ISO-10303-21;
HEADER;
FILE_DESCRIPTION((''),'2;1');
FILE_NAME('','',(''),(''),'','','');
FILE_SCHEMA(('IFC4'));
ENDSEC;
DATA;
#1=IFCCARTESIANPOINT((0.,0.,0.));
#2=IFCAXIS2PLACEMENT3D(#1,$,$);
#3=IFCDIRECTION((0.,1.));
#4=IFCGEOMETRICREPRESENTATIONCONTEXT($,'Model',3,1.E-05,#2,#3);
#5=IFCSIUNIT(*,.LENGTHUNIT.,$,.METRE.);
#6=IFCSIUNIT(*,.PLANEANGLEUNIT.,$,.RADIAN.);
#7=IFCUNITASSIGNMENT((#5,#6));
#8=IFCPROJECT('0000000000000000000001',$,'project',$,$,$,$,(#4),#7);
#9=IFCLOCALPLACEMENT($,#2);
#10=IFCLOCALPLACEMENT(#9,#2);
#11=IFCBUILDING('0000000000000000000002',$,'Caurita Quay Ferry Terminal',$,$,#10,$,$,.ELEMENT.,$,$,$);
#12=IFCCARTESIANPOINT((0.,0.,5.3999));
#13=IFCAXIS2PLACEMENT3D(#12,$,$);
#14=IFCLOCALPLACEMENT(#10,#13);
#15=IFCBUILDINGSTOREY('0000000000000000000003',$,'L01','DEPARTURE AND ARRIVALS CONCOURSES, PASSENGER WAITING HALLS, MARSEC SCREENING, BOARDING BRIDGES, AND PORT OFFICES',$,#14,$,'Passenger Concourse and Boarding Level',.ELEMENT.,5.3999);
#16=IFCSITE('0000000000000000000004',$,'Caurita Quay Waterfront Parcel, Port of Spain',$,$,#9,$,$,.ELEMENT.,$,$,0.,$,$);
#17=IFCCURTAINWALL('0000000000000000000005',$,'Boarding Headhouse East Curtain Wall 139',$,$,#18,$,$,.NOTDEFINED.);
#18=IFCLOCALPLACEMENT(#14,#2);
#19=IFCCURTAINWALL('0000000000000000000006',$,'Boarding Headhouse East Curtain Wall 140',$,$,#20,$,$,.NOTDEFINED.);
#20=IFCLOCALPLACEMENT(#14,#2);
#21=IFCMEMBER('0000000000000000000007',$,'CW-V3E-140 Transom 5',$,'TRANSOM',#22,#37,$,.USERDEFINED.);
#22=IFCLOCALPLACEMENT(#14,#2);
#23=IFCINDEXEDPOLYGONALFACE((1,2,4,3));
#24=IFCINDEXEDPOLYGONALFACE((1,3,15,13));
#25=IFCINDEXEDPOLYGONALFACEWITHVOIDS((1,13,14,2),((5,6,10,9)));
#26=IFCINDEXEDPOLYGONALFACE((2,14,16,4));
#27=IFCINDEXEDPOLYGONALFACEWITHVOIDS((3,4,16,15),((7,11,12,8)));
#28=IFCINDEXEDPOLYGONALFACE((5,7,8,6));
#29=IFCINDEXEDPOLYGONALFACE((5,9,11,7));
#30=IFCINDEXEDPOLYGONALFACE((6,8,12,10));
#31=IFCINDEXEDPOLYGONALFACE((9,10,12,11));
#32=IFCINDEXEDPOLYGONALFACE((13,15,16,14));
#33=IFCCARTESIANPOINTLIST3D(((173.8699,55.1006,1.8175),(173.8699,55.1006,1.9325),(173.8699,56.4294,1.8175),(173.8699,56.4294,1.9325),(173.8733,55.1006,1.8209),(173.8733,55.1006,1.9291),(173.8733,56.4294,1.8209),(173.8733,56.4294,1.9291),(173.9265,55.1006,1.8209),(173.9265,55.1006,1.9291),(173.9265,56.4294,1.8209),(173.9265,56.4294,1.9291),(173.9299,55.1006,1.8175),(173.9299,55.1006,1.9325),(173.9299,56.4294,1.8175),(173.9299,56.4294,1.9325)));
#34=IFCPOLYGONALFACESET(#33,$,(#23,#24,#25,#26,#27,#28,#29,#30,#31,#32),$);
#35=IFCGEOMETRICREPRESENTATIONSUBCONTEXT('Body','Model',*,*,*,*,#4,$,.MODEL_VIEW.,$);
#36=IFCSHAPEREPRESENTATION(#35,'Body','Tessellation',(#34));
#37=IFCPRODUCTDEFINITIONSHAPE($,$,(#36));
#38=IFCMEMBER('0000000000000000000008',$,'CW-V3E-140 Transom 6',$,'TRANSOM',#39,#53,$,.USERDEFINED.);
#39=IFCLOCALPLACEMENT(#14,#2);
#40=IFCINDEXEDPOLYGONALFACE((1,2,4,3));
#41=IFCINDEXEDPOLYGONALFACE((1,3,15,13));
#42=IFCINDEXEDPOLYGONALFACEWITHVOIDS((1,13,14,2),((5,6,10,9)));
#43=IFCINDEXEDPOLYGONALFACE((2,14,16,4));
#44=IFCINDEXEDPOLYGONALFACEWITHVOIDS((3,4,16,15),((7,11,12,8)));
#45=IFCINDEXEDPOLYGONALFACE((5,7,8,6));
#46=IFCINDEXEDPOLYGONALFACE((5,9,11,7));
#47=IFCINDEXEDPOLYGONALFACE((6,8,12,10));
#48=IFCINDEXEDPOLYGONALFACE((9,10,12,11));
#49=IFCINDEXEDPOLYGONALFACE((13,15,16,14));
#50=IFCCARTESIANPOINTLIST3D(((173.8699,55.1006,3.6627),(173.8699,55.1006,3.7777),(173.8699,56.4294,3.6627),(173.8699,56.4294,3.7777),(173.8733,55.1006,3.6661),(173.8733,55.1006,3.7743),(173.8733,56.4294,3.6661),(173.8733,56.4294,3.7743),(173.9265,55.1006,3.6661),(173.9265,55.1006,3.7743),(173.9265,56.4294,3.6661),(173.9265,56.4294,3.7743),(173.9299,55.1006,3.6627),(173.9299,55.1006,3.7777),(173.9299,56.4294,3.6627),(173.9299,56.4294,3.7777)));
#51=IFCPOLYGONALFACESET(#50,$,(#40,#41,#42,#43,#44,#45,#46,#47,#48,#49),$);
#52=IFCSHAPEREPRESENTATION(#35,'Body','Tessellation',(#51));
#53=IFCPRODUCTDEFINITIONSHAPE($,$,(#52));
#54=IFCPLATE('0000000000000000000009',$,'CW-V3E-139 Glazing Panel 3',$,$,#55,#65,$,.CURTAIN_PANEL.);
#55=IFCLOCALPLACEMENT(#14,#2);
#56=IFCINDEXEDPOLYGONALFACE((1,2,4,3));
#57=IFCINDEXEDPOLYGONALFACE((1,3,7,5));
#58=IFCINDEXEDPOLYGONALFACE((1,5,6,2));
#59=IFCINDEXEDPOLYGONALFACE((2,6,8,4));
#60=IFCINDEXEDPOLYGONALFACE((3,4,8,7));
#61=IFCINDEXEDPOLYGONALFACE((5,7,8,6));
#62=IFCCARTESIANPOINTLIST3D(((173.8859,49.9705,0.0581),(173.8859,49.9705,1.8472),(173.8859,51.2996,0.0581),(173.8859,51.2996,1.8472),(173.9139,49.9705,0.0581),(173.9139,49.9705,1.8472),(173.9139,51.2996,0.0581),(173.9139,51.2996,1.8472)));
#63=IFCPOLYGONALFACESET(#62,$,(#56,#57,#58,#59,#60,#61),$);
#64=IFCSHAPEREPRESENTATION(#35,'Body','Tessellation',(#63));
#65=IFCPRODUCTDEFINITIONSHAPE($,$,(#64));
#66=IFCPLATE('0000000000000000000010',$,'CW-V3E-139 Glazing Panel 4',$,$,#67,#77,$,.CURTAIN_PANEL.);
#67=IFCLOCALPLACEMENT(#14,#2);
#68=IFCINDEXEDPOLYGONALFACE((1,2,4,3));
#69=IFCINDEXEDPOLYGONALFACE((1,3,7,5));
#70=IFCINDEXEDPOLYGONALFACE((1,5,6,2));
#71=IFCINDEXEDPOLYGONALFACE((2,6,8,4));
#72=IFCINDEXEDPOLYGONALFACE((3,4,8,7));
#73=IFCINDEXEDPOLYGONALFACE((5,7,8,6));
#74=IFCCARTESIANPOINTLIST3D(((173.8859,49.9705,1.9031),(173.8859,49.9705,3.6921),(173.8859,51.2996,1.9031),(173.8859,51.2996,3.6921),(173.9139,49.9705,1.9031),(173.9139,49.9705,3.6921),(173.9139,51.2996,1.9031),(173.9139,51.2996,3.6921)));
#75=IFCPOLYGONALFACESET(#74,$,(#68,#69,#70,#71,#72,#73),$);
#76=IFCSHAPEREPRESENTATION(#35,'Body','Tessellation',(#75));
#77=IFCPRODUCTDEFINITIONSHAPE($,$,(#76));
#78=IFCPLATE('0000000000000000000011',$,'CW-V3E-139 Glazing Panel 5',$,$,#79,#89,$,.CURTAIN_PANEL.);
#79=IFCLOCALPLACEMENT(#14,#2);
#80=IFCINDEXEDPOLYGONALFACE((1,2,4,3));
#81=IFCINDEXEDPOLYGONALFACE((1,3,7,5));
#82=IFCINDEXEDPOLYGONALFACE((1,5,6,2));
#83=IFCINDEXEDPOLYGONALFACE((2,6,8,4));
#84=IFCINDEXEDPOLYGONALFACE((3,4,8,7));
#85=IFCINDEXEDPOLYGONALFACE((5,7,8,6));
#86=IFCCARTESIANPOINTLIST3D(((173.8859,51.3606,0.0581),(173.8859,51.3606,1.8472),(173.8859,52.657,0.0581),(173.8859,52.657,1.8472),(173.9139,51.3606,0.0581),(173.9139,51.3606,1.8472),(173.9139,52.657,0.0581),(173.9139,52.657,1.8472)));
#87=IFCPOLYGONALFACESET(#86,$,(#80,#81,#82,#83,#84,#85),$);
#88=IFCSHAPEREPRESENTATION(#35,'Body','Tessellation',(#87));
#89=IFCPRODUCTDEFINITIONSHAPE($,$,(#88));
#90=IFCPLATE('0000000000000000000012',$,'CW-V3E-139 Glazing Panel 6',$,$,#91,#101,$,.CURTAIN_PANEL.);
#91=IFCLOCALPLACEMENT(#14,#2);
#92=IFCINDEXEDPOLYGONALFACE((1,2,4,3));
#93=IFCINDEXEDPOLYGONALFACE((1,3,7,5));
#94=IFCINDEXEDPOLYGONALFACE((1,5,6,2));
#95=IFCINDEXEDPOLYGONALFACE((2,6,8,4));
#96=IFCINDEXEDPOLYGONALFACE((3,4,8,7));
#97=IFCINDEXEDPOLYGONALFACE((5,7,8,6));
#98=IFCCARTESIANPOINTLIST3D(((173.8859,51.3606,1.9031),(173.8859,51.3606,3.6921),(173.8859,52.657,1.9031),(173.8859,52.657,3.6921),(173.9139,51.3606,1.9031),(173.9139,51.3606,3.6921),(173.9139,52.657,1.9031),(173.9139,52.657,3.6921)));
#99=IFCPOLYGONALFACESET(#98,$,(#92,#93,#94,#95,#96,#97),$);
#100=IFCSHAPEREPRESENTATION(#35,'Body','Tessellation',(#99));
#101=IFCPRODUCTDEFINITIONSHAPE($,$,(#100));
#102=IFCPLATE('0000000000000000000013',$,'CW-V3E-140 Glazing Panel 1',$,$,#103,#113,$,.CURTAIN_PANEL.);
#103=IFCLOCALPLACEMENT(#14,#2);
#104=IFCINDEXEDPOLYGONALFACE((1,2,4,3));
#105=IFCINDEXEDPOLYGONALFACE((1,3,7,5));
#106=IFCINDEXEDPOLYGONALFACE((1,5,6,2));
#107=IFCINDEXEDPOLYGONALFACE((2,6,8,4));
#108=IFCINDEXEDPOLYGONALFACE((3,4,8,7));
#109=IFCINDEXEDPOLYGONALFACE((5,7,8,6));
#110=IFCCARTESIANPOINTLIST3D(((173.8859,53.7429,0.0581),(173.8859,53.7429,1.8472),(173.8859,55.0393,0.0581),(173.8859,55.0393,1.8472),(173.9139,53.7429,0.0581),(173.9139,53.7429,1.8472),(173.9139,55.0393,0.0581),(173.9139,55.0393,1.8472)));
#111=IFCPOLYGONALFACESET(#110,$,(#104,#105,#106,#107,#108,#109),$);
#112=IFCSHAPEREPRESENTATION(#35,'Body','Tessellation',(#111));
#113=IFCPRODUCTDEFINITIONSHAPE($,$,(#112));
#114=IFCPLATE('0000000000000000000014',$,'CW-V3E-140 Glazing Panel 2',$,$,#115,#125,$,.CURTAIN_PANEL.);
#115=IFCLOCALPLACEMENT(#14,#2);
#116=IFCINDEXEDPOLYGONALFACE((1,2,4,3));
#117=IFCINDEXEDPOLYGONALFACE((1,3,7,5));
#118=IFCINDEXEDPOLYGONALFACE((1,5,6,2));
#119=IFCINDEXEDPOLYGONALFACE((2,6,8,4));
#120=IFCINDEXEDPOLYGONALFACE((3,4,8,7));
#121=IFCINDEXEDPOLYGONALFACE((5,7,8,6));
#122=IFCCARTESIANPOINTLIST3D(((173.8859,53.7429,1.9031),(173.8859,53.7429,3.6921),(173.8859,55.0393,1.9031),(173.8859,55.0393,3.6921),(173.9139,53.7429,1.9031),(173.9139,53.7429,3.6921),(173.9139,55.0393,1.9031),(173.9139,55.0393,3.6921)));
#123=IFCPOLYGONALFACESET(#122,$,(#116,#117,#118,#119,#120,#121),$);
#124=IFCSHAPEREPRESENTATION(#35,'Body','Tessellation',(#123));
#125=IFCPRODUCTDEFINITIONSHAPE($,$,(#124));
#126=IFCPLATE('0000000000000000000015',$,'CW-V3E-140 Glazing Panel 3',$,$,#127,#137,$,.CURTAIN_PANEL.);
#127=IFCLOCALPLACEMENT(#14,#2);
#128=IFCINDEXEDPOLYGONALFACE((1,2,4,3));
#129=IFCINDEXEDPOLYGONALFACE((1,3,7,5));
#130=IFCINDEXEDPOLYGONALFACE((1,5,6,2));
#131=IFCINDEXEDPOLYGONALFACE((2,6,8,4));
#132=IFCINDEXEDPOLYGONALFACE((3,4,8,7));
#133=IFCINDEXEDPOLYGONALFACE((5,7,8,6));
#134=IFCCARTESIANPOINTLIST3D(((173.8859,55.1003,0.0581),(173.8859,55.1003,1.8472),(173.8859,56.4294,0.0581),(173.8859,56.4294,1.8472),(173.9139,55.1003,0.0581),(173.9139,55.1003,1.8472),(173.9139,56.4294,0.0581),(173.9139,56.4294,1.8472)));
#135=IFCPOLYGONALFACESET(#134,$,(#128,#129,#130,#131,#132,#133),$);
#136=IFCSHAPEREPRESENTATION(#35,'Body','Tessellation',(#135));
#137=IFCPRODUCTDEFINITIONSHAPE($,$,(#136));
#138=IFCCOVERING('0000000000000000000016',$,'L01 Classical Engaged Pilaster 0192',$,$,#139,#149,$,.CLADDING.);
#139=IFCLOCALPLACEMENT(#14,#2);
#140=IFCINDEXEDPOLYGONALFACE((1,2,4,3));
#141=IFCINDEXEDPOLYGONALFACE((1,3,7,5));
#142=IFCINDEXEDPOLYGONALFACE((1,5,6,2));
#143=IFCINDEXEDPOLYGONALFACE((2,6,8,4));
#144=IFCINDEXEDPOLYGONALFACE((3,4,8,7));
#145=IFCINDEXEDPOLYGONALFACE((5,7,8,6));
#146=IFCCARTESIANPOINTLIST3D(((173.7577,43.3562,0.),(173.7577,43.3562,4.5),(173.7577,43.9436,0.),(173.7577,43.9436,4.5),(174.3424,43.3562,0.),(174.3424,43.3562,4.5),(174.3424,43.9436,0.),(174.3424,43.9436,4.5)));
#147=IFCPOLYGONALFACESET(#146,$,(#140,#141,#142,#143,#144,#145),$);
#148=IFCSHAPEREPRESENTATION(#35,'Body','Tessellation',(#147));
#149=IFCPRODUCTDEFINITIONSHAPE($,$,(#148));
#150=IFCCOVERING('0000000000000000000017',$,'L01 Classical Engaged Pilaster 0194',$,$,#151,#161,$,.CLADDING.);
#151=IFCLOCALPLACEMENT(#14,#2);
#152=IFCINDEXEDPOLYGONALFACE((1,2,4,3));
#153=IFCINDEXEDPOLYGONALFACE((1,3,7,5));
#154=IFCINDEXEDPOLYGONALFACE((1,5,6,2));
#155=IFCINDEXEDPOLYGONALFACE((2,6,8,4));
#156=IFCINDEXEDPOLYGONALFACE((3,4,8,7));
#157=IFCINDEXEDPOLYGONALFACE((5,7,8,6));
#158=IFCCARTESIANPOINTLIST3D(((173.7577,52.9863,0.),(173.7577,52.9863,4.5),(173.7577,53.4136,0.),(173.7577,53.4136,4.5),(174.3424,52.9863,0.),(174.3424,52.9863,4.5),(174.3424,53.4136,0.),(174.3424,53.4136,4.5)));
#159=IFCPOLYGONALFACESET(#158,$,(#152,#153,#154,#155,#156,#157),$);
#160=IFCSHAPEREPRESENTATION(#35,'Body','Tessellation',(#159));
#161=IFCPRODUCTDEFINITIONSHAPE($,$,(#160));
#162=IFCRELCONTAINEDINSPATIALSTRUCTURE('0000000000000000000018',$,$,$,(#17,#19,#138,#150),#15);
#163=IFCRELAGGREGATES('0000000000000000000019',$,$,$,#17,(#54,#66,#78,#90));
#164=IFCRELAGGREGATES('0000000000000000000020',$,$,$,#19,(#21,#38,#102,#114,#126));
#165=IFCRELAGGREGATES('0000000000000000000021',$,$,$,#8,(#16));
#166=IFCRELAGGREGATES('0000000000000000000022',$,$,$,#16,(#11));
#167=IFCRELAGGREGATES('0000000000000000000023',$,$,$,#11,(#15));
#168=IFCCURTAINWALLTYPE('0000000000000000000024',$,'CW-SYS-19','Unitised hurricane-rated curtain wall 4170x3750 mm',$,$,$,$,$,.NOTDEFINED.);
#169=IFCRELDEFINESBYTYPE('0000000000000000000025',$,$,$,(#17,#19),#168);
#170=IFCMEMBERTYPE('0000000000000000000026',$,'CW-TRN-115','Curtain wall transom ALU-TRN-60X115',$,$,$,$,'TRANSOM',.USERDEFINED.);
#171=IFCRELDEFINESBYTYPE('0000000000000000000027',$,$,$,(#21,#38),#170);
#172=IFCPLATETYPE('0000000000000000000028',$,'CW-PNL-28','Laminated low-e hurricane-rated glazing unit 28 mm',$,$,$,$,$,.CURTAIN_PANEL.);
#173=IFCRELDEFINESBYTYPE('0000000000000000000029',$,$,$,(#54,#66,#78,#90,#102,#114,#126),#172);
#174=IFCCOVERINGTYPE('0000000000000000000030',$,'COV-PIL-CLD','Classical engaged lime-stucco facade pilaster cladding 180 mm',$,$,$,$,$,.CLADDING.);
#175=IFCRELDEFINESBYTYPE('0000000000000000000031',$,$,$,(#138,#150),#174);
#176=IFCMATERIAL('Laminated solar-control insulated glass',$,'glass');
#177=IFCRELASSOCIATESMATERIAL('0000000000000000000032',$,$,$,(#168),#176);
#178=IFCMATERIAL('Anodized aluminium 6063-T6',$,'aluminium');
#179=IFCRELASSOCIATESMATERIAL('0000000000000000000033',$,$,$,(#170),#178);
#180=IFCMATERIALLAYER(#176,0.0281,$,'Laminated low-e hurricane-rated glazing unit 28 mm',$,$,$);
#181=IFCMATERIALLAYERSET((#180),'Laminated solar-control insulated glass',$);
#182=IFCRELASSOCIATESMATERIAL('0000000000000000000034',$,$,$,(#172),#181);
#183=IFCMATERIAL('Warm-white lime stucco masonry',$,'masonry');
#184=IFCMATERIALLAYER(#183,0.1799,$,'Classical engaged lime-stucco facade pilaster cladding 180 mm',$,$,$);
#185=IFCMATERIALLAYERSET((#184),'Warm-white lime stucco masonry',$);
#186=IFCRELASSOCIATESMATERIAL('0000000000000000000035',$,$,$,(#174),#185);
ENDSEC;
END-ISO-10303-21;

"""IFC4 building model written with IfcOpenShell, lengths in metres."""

from ifc_helpers import new_model, si_unit, direction, frame, origin, origin_2d, place, context, subcontext, project, spatial, rectangle, hollow_rectangle, extrude, material, layer, layer_set, material_profile, profile_set, type_object, element, aggregate, save


model = new_model("IFC4")

# Units and contexts
model_context = context("Model", 3, precision=1e-05, world=origin(), true_north=direction((0.0, 1.0)))
body_context = subcontext(model_context, "Body", "Model", "MODEL_VIEW")
ifc_project = project(units=[si_unit("LENGTHUNIT", "METRE"), si_unit("PLANEANGLEUNIT", "RADIAN")], contexts=[model_context])

# Site, building, storey
site_placement = place(None, origin())
site = spatial("IfcSite", under=ifc_project, at=site_placement, Name="Caurita Quay Waterfront Parcel, Port of Spain", CompositionType="ELEMENT", RefElevation=0.0)
building_placement = place(site_placement, origin())
building = spatial("IfcBuilding", under=site, at=building_placement, Name="Caurita Quay Ferry Terminal", CompositionType="ELEMENT")
storey_placement = place(building_placement, frame((0.0, 0.0, 5.3999)))
storey = spatial("IfcBuildingStorey", under=building, at=storey_placement, Name="L01", Description="DEPARTURE AND ARRIVALS CONCOURSES, PASSENGER WAITING HALLS, MARSEC SCREENING, BOARDING BRIDGES, AND PORT OFFICES", LongName="Passenger Concourse and Boarding Level", CompositionType="ELEMENT", Elevation=5.3999)

# Curtain walls
ifc_material_1 = material(Name="Laminated solar-control insulated glass", Category="glass")
curtain_wall_type = type_object("IfcCurtainWallType", Name="CW-SYS-19", Description="Unitised hurricane-rated curtain wall 4170x3750 mm", PredefinedType="NOTDEFINED", material=ifc_material_1)
curtain_wall_1_placement = place(storey_placement, origin())
curtain_wall_1 = element("IfcCurtainWall", 1, at=curtain_wall_1_placement, inside=storey, type_object=curtain_wall_type, Name="Boarding Headhouse East Curtain Wall 139", PredefinedType="NOTDEFINED")
ifc_material_2 = material(Name="Anodized aluminium 6063-T6", Category="aluminium")
curtain_wall_2_placement = place(storey_placement, origin())
curtain_wall_2 = element("IfcCurtainWall", 2, at=curtain_wall_2_placement, inside=storey, type_object=curtain_wall_type, Name="Boarding Headhouse East Curtain Wall 140", PredefinedType="NOTDEFINED")

# Members
ifc_material_profile_1 = material_profile(ifc_material_2, hollow_rectangle(XDim=0.0601, YDim=0.115, WallThickness=0.0034, at=origin_2d()), Name="ALU-TRN-60X115")
ifc_profile_set_1 = profile_set([ifc_material_profile_1], Name="Anodized aluminium 6063-T6")
member_type_1 = type_object("IfcMemberType", Name="CW-TRN-115", Description="Curtain wall transom ALU-TRN-60X115", ElementType="TRANSOM", PredefinedType="USERDEFINED", material=ifc_profile_set_1)
member_1_placement = place(storey_placement, frame((173.8999, 55.1006, 1.875), z_axis=(0.0, 1.0, 0.0), x_axis=(-1.0, 0.0, 0.0)))
member_1 = element("IfcMember", 3, at=member_1_placement, type_object=member_type_1, Name="CW-V3E-140 Transom 5", ObjectType="TRANSOM", PredefinedType="USERDEFINED", context=body_context, shape_type="SweptSolid", body=[
    extrude(hollow_rectangle(XDim=0.0601, YDim=0.115, WallThickness=0.0034, at=origin_2d()), origin(), (0.0, 0.0, 1.0), 1.3289),
])
member_2_placement = place(storey_placement, frame((173.8999, 55.1006, 3.7202), z_axis=(0.0, 1.0, 0.0), x_axis=(-1.0, 0.0, 0.0)))
member_2 = element("IfcMember", 4, at=member_2_placement, type_object=member_type_1, Name="CW-V3E-140 Transom 6", ObjectType="TRANSOM", PredefinedType="USERDEFINED", context=body_context, shape_type="SweptSolid", body=[
    extrude(hollow_rectangle(XDim=0.0601, YDim=0.115, WallThickness=0.0034, at=origin_2d()), origin(), (0.0, 0.0, 1.0), 1.3289),
])

# Plates
ifc_layer_1 = layer(ifc_material_1, 0.0281, Name="Laminated low-e hurricane-rated glazing unit 28 mm")
ifc_layer_set_1 = layer_set([ifc_layer_1], Name="Laminated solar-control insulated glass")
plate_type = type_object("IfcPlateType", Name="CW-PNL-28", Description="Laminated low-e hurricane-rated glazing unit 28 mm", PredefinedType="CURTAIN_PANEL", material=ifc_layer_set_1)
plate_1_placement = place(storey_placement, frame((173.8999, 50.635, 0.0581), z_axis=(0.0, 0.0, 1.0), x_axis=(0.0, 1.0, 0.0)))
plate_1 = element("IfcPlate", 5, at=plate_1_placement, type_object=plate_type, Name="CW-V3E-139 Glazing Panel 3", PredefinedType="CURTAIN_PANEL", context=body_context, shape_type="SweptSolid", body=[
    extrude(rectangle(XDim=1.3291, YDim=0.0281, at=origin_2d()), origin(), (0.0, 0.0, 1.0), 1.7891),
])
plate_2_placement = place(storey_placement, frame((173.8999, 50.635, 1.9031), z_axis=(0.0, 0.0, 1.0), x_axis=(0.0, 1.0, 0.0)))
plate_2 = element("IfcPlate", 6, at=plate_2_placement, type_object=plate_type, Name="CW-V3E-139 Glazing Panel 4", PredefinedType="CURTAIN_PANEL", context=body_context, shape_type="SweptSolid", body=[
    extrude(rectangle(XDim=1.3291, YDim=0.0281, at=origin_2d()), origin(), (0.0, 0.0, 1.0), 1.7891),
])
plate_3_placement = place(storey_placement, frame((173.8999, 52.0088, 0.0581), z_axis=(0.0, 0.0, 1.0), x_axis=(0.0, 1.0, 0.0)))
plate_3 = element("IfcPlate", 7, at=plate_3_placement, type_object=plate_type, Name="CW-V3E-139 Glazing Panel 5", PredefinedType="CURTAIN_PANEL", context=body_context, shape_type="SweptSolid", body=[
    extrude(rectangle(XDim=1.2964, YDim=0.0281, at=origin_2d()), origin(), (0.0, 0.0, 1.0), 1.7891),
])
plate_4_placement = place(storey_placement, frame((173.8999, 52.0088, 1.9031), z_axis=(0.0, 0.0, 1.0), x_axis=(0.0, 1.0, 0.0)))
plate_4 = element("IfcPlate", 8, at=plate_4_placement, type_object=plate_type, Name="CW-V3E-139 Glazing Panel 6", PredefinedType="CURTAIN_PANEL", context=body_context, shape_type="SweptSolid", body=[
    extrude(rectangle(XDim=1.2964, YDim=0.0281, at=origin_2d()), origin(), (0.0, 0.0, 1.0), 1.7891),
])
aggregate(curtain_wall_1, [plate_1, plate_2, plate_3, plate_4])
plate_5_placement = place(storey_placement, frame((173.8999, 54.3911, 0.0581), z_axis=(0.0, 0.0, 1.0), x_axis=(0.0, 1.0, 0.0)))
plate_5 = element("IfcPlate", 9, at=plate_5_placement, type_object=plate_type, Name="CW-V3E-140 Glazing Panel 1", PredefinedType="CURTAIN_PANEL", context=body_context, shape_type="SweptSolid", body=[
    extrude(rectangle(XDim=1.2964, YDim=0.0281, at=origin_2d()), origin(), (0.0, 0.0, 1.0), 1.7891),
])
plate_6_placement = place(storey_placement, frame((173.8999, 54.3911, 1.9031), z_axis=(0.0, 0.0, 1.0), x_axis=(0.0, 1.0, 0.0)))
plate_6 = element("IfcPlate", 10, at=plate_6_placement, type_object=plate_type, Name="CW-V3E-140 Glazing Panel 2", PredefinedType="CURTAIN_PANEL", context=body_context, shape_type="SweptSolid", body=[
    extrude(rectangle(XDim=1.2964, YDim=0.0281, at=origin_2d()), origin(), (0.0, 0.0, 1.0), 1.7891),
])
plate_7_placement = place(storey_placement, frame((173.8999, 55.7649, 0.0581), z_axis=(0.0, 0.0, 1.0), x_axis=(0.0, 1.0, 0.0)))
plate_7 = element("IfcPlate", 11, at=plate_7_placement, type_object=plate_type, Name="CW-V3E-140 Glazing Panel 3", PredefinedType="CURTAIN_PANEL", context=body_context, shape_type="SweptSolid", body=[
    extrude(rectangle(XDim=1.3291, YDim=0.0281, at=origin_2d()), origin(), (0.0, 0.0, 1.0), 1.7891),
])
aggregate(curtain_wall_2, [member_1, member_2, plate_5, plate_6, plate_7])

# Coverings
ifc_material_3 = material(Name="Warm-white lime stucco masonry", Category="masonry")
ifc_layer_2 = layer(ifc_material_3, 0.1799, Name="Classical engaged lime-stucco facade pilaster cladding 180 mm")
ifc_layer_set_2 = layer_set([ifc_layer_2], Name="Warm-white lime stucco masonry")
covering_type = type_object("IfcCoveringType", Name="COV-PIL-CLD", Description="Classical engaged lime-stucco facade pilaster cladding 180 mm", PredefinedType="CLADDING", material=ifc_layer_set_2)
covering_1_placement = place(storey_placement, frame((174.05, 43.6499, 0.0), z_axis=(0.0, 0.0, 1.0), x_axis=(1.0, 0.0, 0.0)))
element("IfcCovering", 12, at=covering_1_placement, inside=storey, type_object=covering_type, Name="L01 Classical Engaged Pilaster 0192", PredefinedType="CLADDING", context=body_context, shape_type="SweptSolid", body=[
    extrude(rectangle(XDim=0.5847, YDim=0.5874, at=origin_2d()), origin(), (0.0, 0.0, 1.0), 4.5),
])
covering_2_placement = place(storey_placement, frame((174.05, 53.2, 0.0), z_axis=(0.0, 0.0, 1.0), x_axis=(1.0, 0.0, 0.0)))
element("IfcCovering", 13, at=covering_2_placement, inside=storey, type_object=covering_type, Name="L01 Classical Engaged Pilaster 0194", PredefinedType="CLADDING", context=body_context, shape_type="SweptSolid", body=[
    extrude(rectangle(XDim=0.5847, YDim=0.4272, at=origin_2d()), origin(), (0.0, 0.0, 1.0), 4.5),
])

save(model, "model.ifc")
